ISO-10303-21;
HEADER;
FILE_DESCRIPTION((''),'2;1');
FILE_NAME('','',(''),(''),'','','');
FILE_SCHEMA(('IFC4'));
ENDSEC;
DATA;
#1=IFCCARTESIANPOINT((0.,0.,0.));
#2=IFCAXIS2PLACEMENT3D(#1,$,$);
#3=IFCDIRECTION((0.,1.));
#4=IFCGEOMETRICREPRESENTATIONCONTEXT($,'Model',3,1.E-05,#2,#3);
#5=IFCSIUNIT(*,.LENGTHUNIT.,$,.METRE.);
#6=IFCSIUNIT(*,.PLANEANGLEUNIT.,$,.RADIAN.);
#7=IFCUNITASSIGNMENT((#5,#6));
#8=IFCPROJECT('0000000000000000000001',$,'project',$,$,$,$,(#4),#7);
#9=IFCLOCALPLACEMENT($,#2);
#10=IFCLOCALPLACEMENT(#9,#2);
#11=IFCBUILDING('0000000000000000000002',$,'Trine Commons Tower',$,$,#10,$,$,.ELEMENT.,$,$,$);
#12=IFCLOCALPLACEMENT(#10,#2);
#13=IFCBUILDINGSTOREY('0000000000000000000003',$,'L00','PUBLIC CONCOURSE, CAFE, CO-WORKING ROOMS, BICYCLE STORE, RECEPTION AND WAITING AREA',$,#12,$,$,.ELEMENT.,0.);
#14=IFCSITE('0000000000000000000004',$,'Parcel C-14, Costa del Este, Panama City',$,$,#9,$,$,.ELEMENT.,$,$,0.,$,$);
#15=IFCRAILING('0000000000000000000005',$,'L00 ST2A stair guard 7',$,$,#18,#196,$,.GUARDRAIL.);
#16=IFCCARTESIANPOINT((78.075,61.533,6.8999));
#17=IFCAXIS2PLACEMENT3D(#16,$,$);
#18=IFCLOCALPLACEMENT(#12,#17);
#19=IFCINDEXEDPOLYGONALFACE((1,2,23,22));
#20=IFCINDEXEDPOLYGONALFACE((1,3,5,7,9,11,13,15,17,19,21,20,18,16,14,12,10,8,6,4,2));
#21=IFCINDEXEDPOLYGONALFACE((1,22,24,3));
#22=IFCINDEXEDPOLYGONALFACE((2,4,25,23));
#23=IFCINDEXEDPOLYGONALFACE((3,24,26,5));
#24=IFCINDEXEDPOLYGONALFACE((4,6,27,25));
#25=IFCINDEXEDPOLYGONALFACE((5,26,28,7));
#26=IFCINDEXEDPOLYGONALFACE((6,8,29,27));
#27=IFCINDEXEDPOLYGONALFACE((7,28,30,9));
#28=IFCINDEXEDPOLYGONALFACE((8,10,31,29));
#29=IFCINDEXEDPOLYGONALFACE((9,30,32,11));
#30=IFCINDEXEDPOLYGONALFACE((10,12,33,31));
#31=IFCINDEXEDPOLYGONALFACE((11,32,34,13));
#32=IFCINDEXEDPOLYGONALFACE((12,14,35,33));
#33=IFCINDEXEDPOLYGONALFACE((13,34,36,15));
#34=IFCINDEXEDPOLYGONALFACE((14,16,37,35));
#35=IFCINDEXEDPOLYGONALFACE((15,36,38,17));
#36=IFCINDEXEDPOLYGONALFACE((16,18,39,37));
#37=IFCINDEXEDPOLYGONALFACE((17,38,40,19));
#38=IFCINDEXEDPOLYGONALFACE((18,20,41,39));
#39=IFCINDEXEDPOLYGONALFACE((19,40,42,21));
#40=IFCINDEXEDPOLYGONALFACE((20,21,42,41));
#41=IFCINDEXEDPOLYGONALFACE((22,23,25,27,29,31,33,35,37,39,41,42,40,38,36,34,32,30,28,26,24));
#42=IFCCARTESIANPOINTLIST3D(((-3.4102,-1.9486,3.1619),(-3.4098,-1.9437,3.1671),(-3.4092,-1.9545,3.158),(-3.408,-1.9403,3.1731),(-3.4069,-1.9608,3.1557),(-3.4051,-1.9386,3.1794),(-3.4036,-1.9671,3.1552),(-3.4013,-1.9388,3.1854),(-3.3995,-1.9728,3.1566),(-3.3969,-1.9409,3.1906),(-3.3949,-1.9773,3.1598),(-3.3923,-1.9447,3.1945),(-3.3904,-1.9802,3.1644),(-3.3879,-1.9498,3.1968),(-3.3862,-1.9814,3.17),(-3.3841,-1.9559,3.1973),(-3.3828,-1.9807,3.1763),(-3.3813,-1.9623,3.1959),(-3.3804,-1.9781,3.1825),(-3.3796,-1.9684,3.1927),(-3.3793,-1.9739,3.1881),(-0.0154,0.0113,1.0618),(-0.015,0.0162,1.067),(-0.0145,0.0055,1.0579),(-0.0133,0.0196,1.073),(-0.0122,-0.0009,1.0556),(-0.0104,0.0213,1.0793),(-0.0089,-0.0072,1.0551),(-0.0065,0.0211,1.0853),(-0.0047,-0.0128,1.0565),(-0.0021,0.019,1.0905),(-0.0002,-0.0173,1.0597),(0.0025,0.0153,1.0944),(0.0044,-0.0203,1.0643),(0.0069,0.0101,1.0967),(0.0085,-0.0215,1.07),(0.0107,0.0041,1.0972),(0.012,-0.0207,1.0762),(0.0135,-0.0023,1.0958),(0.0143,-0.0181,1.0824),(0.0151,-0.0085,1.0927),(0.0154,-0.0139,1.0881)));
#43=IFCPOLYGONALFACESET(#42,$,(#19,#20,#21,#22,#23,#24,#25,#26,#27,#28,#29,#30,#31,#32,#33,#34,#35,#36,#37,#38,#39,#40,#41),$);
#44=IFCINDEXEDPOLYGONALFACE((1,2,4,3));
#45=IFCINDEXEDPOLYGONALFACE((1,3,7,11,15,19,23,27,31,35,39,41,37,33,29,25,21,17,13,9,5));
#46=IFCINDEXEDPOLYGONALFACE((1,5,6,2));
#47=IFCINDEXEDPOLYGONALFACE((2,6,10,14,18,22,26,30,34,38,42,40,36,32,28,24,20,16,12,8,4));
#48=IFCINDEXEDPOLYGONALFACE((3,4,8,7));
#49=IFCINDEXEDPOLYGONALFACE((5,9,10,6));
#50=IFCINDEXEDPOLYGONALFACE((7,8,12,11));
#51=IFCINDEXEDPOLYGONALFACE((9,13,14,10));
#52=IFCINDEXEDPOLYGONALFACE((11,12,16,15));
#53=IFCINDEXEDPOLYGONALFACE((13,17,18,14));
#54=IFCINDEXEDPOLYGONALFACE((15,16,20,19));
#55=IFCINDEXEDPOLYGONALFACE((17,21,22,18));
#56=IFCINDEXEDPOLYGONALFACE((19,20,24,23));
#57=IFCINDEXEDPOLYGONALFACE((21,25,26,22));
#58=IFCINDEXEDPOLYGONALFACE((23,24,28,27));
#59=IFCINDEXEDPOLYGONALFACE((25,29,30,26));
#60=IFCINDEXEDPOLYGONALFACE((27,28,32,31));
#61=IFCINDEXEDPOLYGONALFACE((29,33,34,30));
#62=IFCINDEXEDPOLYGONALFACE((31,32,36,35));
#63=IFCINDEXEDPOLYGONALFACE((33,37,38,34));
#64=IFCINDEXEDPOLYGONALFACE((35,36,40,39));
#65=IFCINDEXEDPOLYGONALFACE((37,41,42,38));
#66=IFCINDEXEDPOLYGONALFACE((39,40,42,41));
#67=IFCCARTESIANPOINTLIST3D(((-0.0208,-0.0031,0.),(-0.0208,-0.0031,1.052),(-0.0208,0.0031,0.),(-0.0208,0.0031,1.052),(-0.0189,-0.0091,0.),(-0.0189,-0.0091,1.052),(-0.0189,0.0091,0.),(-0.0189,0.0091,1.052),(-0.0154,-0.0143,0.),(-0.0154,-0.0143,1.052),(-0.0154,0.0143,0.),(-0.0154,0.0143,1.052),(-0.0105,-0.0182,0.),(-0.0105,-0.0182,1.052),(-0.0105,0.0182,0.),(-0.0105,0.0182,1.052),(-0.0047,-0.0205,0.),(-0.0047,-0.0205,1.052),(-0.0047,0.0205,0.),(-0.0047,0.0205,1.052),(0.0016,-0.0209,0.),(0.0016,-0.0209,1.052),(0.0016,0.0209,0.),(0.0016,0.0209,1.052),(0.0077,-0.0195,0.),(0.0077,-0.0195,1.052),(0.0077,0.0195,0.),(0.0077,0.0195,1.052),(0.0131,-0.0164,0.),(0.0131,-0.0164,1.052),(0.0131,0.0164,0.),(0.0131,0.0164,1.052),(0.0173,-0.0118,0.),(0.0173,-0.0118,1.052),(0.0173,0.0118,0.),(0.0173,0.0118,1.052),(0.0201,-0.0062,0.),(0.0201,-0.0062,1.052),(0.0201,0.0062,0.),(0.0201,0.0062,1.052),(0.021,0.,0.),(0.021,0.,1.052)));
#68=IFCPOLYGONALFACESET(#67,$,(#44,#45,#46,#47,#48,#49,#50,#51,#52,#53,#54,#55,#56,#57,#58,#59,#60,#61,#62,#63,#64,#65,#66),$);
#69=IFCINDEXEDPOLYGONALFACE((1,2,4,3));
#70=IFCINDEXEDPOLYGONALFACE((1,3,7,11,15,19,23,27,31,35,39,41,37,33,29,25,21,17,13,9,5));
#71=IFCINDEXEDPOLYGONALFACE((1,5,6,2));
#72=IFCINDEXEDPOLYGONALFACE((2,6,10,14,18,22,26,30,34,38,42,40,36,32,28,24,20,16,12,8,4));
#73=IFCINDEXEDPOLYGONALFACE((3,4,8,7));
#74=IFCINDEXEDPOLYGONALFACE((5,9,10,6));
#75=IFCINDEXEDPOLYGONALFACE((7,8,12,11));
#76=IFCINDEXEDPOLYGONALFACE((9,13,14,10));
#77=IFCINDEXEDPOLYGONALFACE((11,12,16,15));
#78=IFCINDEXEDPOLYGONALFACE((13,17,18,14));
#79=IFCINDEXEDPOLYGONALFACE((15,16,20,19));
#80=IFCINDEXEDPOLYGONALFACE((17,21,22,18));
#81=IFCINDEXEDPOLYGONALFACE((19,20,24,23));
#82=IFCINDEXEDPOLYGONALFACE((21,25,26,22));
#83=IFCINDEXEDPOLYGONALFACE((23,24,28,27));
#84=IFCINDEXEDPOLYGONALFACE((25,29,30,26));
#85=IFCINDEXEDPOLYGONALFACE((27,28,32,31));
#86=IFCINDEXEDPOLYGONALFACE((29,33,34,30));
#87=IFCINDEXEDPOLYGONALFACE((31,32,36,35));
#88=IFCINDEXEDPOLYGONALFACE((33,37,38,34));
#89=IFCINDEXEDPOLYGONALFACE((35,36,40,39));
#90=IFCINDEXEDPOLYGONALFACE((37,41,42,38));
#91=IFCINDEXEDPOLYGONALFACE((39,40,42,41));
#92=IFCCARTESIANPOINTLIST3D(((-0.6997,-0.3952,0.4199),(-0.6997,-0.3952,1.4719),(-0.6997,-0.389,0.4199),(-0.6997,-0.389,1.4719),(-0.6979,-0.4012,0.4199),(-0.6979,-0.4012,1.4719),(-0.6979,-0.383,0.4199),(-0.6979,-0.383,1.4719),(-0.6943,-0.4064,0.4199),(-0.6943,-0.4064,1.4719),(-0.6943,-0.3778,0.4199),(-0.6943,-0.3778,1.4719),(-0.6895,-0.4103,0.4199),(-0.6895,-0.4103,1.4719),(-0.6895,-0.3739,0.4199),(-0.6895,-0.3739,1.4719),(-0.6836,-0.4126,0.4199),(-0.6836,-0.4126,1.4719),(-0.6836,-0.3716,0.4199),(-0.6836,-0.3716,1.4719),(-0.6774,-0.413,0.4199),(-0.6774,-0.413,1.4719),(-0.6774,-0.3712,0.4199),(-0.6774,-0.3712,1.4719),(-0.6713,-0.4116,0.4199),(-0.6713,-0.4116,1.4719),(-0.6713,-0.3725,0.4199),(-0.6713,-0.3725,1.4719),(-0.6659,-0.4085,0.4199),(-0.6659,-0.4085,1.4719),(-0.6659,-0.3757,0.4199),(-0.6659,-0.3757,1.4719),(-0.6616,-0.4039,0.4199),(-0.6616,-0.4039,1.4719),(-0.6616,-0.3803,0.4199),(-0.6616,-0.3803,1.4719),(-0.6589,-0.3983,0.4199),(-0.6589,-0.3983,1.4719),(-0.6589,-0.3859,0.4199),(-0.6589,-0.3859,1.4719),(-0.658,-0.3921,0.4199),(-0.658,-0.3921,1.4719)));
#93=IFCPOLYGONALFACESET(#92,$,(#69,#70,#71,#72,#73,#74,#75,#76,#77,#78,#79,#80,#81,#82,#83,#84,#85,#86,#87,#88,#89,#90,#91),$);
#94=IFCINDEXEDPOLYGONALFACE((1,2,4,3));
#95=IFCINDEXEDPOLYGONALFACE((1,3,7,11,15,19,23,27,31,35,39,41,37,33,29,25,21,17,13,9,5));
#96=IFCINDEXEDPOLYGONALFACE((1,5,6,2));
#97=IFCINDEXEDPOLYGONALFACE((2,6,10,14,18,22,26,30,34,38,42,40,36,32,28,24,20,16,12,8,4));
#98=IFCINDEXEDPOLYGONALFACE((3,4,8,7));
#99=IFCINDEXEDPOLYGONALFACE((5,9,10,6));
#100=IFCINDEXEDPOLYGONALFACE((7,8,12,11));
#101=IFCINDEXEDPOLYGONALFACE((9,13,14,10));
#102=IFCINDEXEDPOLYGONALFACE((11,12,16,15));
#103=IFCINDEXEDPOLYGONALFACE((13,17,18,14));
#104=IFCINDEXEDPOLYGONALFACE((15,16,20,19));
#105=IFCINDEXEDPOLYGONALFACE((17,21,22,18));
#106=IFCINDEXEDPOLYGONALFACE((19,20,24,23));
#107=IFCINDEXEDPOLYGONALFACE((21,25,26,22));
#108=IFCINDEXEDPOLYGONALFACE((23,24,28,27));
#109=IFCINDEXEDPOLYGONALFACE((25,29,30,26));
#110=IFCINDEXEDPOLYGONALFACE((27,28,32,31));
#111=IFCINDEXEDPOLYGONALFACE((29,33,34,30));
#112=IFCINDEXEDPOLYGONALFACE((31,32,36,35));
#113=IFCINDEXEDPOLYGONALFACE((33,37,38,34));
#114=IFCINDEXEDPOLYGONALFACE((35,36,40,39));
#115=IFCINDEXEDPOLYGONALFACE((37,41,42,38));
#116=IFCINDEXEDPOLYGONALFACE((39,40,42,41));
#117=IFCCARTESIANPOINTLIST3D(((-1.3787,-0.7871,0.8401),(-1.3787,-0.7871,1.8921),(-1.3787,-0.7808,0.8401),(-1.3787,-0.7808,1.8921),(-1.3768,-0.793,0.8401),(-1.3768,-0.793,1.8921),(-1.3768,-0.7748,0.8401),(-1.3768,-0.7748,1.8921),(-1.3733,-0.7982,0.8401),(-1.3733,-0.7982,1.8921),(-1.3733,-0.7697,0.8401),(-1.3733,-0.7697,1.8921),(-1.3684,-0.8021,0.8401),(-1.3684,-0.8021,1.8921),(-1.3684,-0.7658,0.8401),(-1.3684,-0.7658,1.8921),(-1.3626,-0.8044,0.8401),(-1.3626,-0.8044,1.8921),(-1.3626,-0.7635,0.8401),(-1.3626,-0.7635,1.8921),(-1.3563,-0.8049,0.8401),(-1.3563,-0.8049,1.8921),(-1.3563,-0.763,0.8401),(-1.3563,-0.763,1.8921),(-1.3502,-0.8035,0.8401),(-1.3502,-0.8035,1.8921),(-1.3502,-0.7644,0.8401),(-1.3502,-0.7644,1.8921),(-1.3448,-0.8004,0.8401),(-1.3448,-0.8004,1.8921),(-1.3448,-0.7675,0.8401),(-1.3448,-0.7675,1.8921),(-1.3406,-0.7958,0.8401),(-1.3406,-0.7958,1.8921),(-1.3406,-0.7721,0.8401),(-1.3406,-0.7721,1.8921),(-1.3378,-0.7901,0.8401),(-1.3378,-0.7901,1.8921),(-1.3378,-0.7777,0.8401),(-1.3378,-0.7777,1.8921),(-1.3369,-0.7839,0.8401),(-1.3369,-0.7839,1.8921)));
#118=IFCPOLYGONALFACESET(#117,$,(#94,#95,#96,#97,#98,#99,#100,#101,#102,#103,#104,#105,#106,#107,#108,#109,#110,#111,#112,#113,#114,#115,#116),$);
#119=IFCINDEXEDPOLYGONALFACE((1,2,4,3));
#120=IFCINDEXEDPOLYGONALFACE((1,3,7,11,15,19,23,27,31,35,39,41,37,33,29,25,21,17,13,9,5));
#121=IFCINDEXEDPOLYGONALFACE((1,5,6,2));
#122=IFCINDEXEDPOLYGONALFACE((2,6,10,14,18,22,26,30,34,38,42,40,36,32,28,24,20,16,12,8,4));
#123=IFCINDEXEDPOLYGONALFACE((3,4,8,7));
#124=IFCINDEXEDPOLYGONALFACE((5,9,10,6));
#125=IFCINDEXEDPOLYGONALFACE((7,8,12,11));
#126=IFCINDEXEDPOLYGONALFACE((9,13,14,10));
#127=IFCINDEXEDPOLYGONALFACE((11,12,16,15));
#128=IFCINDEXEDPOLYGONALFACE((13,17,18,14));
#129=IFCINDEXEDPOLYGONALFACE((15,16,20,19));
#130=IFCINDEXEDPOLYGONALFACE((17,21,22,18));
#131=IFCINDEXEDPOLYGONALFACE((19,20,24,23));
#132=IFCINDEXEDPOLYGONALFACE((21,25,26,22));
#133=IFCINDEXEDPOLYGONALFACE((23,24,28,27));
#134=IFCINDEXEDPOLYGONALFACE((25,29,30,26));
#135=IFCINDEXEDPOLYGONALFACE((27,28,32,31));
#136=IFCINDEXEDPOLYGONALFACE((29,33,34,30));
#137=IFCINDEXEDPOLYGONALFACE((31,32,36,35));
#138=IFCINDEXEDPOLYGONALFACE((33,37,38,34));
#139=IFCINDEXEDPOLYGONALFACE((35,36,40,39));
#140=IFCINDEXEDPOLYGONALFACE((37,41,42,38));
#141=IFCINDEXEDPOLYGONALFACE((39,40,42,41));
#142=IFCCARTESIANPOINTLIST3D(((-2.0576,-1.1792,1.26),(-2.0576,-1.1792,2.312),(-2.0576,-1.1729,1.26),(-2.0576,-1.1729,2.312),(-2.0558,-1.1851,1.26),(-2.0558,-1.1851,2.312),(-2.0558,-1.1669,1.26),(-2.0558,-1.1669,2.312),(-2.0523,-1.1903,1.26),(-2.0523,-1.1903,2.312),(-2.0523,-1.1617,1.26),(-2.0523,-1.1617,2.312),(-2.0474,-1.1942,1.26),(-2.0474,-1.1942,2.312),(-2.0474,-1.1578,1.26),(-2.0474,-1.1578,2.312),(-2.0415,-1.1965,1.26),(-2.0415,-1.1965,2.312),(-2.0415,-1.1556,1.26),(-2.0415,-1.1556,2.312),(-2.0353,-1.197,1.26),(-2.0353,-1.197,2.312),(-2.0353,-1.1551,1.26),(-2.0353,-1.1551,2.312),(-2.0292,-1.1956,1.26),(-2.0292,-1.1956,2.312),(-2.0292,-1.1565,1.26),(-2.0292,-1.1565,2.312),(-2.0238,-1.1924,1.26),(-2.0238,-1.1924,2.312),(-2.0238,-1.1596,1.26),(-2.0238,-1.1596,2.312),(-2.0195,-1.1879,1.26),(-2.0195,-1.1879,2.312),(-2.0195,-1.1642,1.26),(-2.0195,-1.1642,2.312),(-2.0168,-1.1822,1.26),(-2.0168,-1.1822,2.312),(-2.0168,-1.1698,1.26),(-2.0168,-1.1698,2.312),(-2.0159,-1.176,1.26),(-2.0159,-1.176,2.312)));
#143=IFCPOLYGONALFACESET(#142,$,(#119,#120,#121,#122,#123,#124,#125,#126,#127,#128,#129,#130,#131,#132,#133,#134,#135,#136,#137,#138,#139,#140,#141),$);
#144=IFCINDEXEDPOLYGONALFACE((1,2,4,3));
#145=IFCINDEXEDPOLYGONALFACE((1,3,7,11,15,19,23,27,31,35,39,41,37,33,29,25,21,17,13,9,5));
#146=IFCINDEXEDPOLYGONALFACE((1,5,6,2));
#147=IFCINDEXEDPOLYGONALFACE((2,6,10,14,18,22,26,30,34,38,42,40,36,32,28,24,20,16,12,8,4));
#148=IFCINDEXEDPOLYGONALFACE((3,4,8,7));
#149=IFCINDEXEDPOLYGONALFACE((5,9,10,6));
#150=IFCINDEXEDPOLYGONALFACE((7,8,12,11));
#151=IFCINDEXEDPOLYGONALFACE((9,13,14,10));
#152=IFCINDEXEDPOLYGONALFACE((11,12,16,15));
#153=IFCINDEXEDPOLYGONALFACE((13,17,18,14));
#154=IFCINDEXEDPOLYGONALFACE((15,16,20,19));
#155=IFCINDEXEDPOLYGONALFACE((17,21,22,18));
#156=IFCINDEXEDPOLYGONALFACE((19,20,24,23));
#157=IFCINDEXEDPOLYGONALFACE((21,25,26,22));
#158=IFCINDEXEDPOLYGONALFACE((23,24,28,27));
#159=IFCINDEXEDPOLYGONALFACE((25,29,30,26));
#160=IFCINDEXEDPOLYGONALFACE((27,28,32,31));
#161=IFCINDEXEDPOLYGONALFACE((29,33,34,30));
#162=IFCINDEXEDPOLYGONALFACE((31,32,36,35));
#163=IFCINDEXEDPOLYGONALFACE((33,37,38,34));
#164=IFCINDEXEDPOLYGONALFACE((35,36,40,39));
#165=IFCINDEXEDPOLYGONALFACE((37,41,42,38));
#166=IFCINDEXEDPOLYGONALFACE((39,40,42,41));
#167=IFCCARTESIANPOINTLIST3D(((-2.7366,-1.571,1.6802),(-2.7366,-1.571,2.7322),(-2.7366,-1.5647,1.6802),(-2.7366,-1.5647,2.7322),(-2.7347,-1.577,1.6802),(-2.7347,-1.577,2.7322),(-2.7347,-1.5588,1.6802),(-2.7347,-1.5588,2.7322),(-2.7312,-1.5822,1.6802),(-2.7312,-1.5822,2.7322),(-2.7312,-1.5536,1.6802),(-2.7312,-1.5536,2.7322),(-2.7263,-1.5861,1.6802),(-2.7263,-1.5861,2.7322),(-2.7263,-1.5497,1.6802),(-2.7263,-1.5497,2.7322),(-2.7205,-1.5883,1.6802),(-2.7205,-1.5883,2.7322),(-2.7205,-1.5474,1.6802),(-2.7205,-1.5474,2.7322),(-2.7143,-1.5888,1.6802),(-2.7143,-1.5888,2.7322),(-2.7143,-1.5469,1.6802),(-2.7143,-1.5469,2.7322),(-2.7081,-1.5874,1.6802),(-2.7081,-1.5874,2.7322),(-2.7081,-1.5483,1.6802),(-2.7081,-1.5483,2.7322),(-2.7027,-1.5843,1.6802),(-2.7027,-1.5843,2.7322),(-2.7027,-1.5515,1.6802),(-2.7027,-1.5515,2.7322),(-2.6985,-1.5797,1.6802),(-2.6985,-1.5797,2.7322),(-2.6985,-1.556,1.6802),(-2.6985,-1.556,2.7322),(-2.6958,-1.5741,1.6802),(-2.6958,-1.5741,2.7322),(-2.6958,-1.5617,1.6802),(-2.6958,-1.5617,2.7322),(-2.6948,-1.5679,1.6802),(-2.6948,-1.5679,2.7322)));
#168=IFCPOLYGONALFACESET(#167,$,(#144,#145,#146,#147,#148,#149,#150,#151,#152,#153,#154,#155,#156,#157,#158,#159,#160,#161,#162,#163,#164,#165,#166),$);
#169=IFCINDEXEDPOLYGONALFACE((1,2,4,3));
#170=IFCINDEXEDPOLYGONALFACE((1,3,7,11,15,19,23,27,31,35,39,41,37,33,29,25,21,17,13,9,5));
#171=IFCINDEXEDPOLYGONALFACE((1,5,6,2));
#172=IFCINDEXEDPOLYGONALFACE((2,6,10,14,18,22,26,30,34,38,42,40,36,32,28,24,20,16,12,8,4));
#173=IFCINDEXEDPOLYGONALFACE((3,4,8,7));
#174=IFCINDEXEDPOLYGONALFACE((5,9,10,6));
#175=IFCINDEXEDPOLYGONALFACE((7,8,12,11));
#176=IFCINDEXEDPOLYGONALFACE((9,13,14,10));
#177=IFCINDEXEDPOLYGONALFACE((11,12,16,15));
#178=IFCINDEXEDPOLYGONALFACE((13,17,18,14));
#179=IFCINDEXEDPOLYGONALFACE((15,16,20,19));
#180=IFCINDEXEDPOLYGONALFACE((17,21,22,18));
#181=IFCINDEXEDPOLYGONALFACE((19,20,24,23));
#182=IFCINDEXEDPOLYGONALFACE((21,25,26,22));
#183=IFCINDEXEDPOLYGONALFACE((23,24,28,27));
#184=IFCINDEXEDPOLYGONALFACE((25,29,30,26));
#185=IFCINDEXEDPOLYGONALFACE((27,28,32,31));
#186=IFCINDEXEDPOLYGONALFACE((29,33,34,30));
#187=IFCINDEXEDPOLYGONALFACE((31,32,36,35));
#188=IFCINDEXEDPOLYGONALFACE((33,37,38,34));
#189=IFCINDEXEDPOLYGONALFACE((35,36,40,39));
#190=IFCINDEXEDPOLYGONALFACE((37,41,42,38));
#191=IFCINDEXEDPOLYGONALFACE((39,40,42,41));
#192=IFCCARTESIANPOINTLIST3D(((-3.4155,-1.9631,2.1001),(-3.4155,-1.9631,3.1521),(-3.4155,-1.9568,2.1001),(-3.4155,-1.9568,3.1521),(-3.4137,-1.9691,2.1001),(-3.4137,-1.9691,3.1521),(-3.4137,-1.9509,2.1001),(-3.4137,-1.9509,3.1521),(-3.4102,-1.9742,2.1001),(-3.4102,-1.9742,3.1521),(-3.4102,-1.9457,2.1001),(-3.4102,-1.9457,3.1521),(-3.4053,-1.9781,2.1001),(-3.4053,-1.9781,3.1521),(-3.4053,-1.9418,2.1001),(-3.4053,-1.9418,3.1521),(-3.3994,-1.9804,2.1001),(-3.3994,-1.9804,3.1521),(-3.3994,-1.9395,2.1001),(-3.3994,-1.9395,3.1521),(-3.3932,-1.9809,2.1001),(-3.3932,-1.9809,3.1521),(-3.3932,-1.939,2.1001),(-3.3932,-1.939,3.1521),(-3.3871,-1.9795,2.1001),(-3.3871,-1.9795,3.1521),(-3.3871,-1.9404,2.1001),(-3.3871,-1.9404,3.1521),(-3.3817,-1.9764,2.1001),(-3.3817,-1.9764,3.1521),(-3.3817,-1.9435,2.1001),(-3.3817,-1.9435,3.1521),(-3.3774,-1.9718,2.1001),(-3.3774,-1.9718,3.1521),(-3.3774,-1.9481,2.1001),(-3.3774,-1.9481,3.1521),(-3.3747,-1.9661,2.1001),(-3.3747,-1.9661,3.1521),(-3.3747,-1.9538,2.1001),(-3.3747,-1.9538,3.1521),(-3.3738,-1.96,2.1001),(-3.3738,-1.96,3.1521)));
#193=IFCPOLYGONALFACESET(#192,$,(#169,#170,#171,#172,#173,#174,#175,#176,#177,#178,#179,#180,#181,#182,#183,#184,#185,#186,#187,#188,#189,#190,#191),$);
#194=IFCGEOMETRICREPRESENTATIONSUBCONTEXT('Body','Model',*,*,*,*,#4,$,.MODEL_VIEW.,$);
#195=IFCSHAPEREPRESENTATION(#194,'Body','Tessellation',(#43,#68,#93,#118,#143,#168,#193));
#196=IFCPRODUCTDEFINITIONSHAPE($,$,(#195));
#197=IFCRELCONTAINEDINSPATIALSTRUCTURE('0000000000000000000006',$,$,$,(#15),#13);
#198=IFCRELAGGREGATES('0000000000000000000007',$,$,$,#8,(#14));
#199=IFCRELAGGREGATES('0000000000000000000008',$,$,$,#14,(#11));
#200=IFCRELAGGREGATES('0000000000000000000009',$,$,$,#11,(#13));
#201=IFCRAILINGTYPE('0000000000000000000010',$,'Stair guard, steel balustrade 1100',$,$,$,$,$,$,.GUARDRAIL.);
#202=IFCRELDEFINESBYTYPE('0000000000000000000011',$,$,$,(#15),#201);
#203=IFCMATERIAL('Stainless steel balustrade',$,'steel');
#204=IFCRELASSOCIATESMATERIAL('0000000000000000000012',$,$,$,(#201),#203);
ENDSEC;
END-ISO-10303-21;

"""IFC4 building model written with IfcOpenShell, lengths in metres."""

from ifc_helpers import new_model, si_unit, direction, frame, origin, origin_2d, place, context, subcontext, project, spatial, circle, extrude, material, type_object, element, save


model = new_model("IFC4")

# Units and contexts
model_context = context("Model", 3, precision=1e-05, world=origin(), true_north=direction((0.0, 1.0)))
body_context = subcontext(model_context, "Body", "Model", "MODEL_VIEW")
ifc_project = project(units=[si_unit("LENGTHUNIT", "METRE"), si_unit("PLANEANGLEUNIT", "RADIAN")], contexts=[model_context])

# Site, building, storey
site_placement = place(None, origin())
site = spatial("IfcSite", under=ifc_project, at=site_placement, Name="Parcel C-14, Costa del Este, Panama City", CompositionType="ELEMENT", RefElevation=0.0)
building_placement = place(site_placement, origin())
building = spatial("IfcBuilding", under=site, at=building_placement, Name="Trine Commons Tower", CompositionType="ELEMENT")
storey_placement = place(building_placement, origin())
storey = spatial("IfcBuildingStorey", under=building, at=storey_placement, Name="L00", Description="PUBLIC CONCOURSE, CAFE, CO-WORKING ROOMS, BICYCLE STORE, RECEPTION AND WAITING AREA", CompositionType="ELEMENT", Elevation=0.0)

# Railing
ifc_material_1 = material(Name="Stainless steel balustrade", Category="steel")
railing_type_1 = type_object("IfcRailingType", Name="Stair guard, steel balustrade 1100", PredefinedType="GUARDRAIL", material=ifc_material_1)
for number, where, name in (
    (1, (78.075, 61.533, 6.8999), "L00 ST2A stair guard 7"),
):
    element("IfcRailing", number, at=place(storey_placement, frame(where)), inside=storey, type_object=railing_type_1, Name=name, PredefinedType="GUARDRAIL", context=body_context, shape_type="SweptSolid", body=[
        extrude(circle(Radius=0.0239, at=origin_2d()), frame((0.0, 0.0, 1.0762), z_axis=(-0.763375, -0.440732, 0.472244), x_axis=(0.499997, -0.866027, 0.0)), (0.0, 0.0, 1.0), 4.447),
        extrude(circle(Radius=0.021, at=origin_2d()), origin(), (0.0, 0.0, 1.0), 1.052),
        extrude(circle(Radius=0.021, at=origin_2d()), frame((-0.679, -0.3921, 0.4199)), (0.0, 0.0, 1.0), 1.052),
        extrude(circle(Radius=0.021, at=origin_2d()), frame((-1.3579, -0.7839, 0.8401)), (0.0, 0.0, 1.0), 1.052),
        extrude(circle(Radius=0.021, at=origin_2d()), frame((-2.0369, -1.176, 1.26)), (0.0, 0.0, 1.0), 1.052),
        extrude(circle(Radius=0.021, at=origin_2d()), frame((-2.7158, -1.5679, 1.6802)), (0.0, 0.0, 1.0), 1.052),
        extrude(circle(Radius=0.021, at=origin_2d()), frame((-3.3948, -1.96, 2.1001)), (0.0, 0.0, 1.0), 1.052),
    ])

save(model, "model.ifc")
